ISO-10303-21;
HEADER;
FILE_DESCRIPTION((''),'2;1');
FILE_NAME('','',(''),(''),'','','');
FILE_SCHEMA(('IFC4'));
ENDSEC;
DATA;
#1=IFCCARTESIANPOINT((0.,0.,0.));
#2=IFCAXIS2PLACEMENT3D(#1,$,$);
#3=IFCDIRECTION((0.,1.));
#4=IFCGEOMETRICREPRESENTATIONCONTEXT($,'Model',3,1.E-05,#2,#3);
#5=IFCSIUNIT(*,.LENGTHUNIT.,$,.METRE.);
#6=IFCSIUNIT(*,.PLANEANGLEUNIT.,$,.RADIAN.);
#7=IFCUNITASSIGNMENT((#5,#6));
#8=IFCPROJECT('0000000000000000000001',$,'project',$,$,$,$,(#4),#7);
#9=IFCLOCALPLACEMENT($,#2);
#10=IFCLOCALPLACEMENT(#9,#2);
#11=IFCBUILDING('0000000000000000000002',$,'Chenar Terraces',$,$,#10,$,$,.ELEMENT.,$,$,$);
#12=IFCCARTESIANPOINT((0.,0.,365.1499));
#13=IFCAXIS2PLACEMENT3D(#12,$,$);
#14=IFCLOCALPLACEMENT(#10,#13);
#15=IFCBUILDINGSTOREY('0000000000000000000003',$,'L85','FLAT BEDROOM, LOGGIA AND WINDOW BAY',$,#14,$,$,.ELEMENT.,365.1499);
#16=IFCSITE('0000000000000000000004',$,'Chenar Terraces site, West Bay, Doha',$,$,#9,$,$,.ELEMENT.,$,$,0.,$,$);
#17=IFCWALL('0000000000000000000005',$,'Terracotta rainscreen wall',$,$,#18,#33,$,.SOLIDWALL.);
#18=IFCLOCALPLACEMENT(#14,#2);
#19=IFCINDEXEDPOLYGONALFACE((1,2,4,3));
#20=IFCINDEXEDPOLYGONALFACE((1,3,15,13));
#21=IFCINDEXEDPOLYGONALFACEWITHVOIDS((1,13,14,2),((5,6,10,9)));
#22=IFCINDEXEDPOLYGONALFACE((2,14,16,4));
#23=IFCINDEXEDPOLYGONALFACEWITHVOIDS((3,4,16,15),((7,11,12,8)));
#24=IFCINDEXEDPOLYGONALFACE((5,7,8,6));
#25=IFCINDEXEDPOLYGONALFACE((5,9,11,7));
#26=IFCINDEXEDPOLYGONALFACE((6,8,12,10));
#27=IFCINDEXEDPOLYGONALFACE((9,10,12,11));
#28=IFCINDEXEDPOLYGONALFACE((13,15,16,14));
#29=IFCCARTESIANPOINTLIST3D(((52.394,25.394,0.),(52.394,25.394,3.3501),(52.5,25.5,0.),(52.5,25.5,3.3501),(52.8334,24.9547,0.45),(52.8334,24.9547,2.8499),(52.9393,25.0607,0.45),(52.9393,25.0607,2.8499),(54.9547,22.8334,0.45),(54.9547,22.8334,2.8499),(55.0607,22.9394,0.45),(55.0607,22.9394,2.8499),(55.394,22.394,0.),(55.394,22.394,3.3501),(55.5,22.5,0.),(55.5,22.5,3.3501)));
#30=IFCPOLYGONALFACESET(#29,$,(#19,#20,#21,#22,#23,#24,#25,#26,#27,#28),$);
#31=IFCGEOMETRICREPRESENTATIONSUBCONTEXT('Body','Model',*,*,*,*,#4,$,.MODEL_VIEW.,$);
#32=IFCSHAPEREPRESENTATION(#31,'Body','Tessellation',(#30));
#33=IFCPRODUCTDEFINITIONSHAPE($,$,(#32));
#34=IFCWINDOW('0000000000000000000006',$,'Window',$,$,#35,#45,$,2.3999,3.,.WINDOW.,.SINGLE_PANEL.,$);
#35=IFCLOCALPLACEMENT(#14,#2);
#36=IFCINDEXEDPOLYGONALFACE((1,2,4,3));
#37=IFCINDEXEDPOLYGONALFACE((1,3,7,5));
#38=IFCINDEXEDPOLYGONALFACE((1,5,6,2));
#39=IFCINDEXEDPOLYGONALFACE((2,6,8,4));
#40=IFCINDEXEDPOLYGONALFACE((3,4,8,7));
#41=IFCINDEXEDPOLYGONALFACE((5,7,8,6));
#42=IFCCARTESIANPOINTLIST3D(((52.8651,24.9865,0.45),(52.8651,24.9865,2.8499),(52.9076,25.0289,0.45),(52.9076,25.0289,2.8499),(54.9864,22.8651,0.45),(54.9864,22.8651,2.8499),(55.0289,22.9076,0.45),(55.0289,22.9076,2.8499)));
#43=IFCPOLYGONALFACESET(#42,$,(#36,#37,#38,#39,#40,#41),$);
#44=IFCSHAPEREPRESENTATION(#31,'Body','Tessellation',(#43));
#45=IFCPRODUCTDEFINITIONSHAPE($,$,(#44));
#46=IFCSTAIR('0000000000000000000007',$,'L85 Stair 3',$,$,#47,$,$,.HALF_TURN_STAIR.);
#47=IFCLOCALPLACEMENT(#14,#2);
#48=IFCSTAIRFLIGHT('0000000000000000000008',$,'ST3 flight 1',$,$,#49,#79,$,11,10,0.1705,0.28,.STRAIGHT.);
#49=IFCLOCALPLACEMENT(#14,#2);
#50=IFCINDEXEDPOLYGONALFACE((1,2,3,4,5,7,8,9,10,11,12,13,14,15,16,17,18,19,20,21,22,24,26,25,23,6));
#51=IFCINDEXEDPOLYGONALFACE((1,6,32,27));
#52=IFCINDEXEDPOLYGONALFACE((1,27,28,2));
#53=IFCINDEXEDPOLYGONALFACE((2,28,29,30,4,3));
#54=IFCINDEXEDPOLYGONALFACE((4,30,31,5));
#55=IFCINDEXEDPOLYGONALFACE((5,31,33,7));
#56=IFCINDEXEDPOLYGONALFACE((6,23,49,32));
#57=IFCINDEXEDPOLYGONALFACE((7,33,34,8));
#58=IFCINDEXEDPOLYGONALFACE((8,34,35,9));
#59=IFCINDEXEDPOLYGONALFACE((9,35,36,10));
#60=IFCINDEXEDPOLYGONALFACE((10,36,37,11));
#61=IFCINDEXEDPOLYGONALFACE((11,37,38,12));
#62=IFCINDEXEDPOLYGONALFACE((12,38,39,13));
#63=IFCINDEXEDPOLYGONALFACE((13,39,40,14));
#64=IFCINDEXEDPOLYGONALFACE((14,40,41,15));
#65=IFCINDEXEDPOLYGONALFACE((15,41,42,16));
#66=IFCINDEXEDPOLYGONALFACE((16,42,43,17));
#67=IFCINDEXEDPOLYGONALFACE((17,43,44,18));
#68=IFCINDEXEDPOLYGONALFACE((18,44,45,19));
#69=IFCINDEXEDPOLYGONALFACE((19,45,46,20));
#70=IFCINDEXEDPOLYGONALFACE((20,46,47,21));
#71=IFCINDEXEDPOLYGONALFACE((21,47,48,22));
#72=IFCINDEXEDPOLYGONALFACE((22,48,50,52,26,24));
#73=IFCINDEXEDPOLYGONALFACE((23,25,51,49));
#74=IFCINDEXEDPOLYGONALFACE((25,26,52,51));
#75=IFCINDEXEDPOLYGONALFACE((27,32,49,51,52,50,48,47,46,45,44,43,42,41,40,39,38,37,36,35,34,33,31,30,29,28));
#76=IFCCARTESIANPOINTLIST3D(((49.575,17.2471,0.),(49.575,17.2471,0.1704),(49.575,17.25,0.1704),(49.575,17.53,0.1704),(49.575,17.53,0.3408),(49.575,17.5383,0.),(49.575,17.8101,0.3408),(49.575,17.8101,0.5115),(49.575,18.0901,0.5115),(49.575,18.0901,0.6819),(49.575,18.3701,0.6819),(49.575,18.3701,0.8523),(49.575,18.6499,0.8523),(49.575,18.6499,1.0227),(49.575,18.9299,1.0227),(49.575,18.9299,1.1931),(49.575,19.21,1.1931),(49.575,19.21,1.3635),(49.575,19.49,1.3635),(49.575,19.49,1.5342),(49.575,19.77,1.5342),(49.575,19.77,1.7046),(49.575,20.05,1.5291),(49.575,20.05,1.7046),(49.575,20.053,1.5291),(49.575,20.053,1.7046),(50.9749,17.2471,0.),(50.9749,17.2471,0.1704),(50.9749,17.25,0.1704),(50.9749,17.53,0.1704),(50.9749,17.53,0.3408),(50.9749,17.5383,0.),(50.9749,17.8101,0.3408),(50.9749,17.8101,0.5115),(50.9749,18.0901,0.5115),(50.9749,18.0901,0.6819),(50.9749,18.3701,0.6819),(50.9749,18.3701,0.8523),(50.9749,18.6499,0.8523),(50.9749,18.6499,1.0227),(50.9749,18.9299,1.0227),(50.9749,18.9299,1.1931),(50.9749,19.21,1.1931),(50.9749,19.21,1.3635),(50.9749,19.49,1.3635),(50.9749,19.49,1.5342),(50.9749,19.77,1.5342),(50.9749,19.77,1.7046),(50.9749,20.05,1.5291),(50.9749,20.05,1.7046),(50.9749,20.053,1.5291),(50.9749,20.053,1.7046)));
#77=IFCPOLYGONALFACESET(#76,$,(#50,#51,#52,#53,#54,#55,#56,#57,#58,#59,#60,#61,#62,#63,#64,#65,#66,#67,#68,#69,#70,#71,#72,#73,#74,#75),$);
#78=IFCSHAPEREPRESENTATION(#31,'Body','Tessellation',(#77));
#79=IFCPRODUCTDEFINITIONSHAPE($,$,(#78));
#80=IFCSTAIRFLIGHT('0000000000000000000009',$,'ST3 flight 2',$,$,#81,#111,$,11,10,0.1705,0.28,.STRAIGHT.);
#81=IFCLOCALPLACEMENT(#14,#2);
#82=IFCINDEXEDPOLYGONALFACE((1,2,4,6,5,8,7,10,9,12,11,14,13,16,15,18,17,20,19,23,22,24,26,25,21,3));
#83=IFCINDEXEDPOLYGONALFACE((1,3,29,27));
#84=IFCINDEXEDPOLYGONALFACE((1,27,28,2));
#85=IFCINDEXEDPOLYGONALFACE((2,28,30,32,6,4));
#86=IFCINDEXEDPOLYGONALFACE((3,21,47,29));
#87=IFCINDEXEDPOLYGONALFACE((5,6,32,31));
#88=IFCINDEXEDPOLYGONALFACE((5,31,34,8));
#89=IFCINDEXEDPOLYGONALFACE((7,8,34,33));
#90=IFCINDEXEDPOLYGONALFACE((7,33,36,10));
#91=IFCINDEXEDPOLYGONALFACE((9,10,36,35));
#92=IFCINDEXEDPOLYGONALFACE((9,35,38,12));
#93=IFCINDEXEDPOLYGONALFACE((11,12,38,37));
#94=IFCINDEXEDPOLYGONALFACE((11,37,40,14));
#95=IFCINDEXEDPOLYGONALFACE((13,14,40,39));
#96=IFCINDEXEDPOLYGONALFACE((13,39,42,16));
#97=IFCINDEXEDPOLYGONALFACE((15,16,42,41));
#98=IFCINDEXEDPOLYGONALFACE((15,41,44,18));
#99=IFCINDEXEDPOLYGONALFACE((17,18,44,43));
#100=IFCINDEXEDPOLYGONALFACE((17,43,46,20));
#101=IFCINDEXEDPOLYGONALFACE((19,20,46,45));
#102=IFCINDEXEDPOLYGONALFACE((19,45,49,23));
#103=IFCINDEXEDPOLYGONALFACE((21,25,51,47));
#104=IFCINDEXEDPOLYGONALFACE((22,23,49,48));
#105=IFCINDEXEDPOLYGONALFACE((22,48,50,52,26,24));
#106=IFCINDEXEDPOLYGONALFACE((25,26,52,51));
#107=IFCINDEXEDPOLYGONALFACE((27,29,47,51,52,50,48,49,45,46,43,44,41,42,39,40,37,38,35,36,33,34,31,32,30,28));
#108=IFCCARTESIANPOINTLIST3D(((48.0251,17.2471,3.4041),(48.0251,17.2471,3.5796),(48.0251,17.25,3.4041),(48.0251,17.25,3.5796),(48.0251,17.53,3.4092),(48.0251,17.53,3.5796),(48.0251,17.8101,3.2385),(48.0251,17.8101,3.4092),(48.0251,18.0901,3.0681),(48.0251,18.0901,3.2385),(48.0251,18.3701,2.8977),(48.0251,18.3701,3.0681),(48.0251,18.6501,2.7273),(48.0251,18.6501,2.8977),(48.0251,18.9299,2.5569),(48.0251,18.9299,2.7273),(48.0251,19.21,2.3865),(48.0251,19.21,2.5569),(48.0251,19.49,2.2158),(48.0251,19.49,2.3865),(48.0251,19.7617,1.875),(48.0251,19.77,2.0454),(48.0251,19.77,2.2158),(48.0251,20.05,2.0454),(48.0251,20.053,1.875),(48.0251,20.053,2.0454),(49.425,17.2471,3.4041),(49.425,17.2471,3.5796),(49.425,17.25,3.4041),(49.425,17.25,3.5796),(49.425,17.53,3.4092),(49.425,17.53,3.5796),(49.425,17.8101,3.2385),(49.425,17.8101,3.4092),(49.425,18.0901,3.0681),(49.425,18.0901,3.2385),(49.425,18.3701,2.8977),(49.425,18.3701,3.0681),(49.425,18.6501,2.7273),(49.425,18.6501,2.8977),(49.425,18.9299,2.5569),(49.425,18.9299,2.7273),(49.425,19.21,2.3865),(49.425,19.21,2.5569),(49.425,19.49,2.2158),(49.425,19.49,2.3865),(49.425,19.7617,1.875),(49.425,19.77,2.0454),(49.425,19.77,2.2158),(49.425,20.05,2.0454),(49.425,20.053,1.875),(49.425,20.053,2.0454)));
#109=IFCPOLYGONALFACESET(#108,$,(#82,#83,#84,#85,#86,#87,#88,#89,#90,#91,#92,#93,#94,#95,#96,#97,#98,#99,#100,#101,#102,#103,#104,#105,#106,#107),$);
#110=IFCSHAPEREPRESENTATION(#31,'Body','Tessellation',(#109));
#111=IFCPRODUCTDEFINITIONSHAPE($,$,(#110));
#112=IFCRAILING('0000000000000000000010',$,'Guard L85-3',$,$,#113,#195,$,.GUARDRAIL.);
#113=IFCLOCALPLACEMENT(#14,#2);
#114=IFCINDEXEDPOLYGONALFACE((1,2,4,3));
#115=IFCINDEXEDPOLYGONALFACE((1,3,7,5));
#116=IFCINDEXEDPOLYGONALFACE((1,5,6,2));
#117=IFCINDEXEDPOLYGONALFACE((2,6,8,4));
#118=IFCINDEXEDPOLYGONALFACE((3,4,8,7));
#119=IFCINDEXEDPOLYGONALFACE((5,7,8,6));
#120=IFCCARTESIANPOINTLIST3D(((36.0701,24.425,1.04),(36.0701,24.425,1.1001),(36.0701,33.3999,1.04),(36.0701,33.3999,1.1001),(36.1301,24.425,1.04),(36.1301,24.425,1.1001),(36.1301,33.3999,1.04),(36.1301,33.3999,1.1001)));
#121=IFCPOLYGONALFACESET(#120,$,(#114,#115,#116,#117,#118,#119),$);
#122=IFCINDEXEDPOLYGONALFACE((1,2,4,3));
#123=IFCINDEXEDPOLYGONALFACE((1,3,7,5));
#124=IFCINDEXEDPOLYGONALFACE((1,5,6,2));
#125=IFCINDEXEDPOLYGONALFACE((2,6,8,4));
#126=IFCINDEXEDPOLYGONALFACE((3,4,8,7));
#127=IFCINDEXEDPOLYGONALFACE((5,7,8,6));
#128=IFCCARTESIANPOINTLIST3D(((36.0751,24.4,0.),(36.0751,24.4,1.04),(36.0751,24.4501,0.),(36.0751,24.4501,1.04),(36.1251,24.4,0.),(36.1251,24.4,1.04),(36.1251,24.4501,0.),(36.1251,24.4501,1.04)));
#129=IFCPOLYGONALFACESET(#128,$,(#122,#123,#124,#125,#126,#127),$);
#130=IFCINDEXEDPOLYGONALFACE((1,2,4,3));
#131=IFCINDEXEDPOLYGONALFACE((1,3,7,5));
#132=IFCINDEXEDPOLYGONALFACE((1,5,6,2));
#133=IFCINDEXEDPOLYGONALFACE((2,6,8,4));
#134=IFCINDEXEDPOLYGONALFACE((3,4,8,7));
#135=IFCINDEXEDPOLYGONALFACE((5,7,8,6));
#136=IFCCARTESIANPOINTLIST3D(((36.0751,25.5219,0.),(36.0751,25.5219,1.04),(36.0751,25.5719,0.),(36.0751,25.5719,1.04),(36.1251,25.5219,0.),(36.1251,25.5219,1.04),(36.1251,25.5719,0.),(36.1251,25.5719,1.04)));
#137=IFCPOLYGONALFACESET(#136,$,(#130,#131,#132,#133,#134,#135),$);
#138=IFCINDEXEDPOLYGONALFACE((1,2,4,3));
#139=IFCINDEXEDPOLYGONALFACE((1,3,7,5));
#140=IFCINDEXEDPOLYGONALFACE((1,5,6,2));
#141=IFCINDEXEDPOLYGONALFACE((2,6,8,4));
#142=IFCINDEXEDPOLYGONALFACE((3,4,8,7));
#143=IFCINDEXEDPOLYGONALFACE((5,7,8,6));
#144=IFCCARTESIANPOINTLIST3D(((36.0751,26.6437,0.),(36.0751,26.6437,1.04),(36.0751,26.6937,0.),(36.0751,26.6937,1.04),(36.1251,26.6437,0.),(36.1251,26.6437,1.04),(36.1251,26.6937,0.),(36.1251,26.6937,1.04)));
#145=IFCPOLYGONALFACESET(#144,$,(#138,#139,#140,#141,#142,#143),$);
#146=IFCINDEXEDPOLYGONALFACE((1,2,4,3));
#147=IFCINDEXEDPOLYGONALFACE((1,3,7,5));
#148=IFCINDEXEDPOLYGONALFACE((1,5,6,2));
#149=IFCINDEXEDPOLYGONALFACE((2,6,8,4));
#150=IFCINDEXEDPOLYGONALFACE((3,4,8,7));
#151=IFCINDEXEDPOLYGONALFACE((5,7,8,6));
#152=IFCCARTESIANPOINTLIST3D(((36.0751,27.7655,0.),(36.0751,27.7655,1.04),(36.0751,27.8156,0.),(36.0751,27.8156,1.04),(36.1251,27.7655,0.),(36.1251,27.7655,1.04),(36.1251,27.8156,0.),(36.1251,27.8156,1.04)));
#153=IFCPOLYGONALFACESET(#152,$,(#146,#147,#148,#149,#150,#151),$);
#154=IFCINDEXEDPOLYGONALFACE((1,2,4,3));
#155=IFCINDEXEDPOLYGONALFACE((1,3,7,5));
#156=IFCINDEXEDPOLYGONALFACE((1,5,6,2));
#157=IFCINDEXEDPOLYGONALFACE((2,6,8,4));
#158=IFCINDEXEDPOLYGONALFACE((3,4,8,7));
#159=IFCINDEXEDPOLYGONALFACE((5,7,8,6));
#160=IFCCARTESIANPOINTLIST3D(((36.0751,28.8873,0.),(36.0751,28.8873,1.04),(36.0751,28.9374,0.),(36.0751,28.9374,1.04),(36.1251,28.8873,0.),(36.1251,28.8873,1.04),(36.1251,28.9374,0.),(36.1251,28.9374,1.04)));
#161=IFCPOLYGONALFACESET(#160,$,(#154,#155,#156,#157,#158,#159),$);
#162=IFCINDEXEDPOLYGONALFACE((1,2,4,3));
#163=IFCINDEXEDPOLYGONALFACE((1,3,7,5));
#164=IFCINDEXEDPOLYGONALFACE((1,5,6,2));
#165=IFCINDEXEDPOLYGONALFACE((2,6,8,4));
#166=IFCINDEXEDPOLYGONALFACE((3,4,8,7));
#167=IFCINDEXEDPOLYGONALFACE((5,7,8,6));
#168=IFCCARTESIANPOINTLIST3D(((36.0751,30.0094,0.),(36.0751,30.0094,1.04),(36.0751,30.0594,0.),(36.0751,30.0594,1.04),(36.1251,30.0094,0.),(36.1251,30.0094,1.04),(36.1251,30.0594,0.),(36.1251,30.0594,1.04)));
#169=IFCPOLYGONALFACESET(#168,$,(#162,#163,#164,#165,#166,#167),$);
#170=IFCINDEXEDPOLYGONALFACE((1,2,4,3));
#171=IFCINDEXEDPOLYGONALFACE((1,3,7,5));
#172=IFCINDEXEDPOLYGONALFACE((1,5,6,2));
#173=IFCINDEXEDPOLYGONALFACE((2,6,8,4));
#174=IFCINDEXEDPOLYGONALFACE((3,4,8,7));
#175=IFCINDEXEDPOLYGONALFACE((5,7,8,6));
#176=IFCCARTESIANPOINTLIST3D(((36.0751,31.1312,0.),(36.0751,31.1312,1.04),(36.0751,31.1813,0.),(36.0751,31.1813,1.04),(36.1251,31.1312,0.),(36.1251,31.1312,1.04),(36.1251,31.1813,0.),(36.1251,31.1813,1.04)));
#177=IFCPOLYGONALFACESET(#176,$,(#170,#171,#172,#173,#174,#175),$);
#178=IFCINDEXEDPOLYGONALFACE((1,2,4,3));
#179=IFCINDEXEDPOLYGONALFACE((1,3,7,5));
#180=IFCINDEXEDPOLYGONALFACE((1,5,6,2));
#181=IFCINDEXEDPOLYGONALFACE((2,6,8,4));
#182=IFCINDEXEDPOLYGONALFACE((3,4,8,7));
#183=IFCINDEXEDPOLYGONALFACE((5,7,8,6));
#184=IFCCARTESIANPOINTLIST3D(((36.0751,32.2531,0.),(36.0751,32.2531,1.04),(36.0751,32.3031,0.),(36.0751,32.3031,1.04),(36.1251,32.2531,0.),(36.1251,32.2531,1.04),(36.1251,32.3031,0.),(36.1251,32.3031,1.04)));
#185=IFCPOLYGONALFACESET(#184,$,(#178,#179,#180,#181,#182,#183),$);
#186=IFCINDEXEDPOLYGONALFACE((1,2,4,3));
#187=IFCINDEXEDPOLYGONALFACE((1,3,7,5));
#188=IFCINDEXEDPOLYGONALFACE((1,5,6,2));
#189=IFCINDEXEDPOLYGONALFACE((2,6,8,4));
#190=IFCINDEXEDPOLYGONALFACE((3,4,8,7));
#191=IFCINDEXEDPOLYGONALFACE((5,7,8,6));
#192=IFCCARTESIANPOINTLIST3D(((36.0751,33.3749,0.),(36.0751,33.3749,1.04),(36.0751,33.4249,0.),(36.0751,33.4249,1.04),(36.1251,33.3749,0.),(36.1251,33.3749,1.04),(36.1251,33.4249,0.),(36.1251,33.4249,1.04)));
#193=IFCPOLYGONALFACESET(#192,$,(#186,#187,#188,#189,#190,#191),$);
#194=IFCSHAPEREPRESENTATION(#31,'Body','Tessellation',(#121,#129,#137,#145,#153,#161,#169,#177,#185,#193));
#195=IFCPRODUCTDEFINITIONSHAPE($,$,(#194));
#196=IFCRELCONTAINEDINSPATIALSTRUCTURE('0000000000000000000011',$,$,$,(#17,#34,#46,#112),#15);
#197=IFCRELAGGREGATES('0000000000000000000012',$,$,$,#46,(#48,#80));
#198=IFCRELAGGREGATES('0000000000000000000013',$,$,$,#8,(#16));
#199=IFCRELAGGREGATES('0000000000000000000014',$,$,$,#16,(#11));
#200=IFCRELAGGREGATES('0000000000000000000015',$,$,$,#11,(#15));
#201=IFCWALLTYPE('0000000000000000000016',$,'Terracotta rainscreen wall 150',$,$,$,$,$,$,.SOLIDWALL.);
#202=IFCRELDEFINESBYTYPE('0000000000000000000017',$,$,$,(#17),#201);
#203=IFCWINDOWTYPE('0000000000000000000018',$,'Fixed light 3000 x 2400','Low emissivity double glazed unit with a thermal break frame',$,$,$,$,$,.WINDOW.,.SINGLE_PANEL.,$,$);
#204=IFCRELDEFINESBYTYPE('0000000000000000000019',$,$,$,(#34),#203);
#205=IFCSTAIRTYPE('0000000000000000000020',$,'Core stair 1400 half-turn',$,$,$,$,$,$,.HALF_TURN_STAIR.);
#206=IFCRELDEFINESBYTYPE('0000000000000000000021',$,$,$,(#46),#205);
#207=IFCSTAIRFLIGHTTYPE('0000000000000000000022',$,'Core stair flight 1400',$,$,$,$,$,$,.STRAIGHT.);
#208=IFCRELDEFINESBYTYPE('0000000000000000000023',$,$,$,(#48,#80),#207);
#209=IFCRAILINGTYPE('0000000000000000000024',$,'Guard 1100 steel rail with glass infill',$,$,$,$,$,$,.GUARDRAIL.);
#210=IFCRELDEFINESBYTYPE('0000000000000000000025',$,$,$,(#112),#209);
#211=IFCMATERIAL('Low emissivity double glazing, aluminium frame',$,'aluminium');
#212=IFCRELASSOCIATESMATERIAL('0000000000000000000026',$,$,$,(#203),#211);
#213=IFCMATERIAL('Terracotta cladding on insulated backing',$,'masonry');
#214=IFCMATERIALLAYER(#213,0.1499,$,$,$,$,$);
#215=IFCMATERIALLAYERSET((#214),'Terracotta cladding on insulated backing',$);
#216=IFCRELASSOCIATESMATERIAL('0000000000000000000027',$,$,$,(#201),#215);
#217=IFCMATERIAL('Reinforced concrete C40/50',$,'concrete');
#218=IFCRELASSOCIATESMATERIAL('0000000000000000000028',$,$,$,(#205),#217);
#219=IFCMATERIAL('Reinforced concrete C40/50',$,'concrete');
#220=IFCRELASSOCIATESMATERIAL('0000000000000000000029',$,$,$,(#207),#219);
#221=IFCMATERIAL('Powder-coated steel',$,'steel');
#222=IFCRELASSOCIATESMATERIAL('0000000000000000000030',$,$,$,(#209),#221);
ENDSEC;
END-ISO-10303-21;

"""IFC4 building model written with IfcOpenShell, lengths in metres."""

from ifc_helpers import new_model, si_unit, direction, frame, frame_2d, origin, origin_2d, place, context, subcontext, project, spatial, polyline, rectangle, outline, extrude, material, layer, layer_set, type_object, element, fill, aggregate, save


model = new_model("IFC4")

# Units and contexts
model_context = context("Model", 3, precision=1e-05, world=origin(), true_north=direction((0.0, 1.0)))
body_context = subcontext(model_context, "Body", "Model", "MODEL_VIEW")
ifc_project = project(units=[si_unit("LENGTHUNIT", "METRE"), si_unit("PLANEANGLEUNIT", "RADIAN")], contexts=[model_context])

# Site, building, storey
site_placement = place(None, origin())
site = spatial("IfcSite", under=ifc_project, at=site_placement, Name="Chenar Terraces site, West Bay, Doha", CompositionType="ELEMENT", RefElevation=0.0)
building_placement = place(site_placement, origin())
building = spatial("IfcBuilding", under=site, at=building_placement, Name="Chenar Terraces", CompositionType="ELEMENT")
storey_placement = place(building_placement, frame((0.0, 0.0, 365.1499)))
storey = spatial("IfcBuildingStorey", under=building, at=storey_placement, Name="L85", Description="FLAT BEDROOM, LOGGIA AND WINDOW BAY", CompositionType="ELEMENT", Elevation=365.1499)

# Shared definitions
placement = place(storey_placement, origin())

# Shared definitions
ifc_material_1 = material(Name="Low emissivity double glazing, aluminium frame", Category="aluminium")
window_type_1 = type_object("IfcWindowType", Name="Fixed light 3000 x 2400", Description="Low emissivity double glazed unit with a thermal break frame", PartitioningType="SINGLE_PANEL", PredefinedType="WINDOW", material=ifc_material_1)

# Wall, opening, window
ifc_material_2 = material(Name="Terracotta cladding on insulated backing", Category="masonry")
ifc_layer_1 = layer(ifc_material_2, 0.1499)
ifc_layer_set_1 = layer_set([ifc_layer_1], Name="Terracotta cladding on insulated backing")
wall_type_1 = type_object("IfcWallType", Name="Terracotta rainscreen wall 150", PredefinedType="SOLIDWALL", material=ifc_layer_set_1)
wall_1_placement = place(storey_placement, frame((55.447, 22.447, 0.0), z_axis=(0.0, 0.0, 1.0), x_axis=(-0.707107, 0.707107, 0.0)))
wall_1 = element("IfcWall", 1, at=wall_1_placement, inside=storey, type_object=wall_type_1, Name="Terracotta rainscreen wall", PredefinedType="SOLIDWALL", context=body_context, shape_type="SweptSolid", body=[
    extrude(rectangle(XDim=4.2427, YDim=0.1499, at=frame_2d((2.1213, 0.0))), origin(), (0.0, 0.0, 1.0), 3.3501),
])
opening_1_placement = place(wall_1_placement, frame((0.6213, 0.0, 0.45)))
opening_1 = element("IfcOpeningElement", 2, at=opening_1_placement, cuts=wall_1, PredefinedType="OPENING", context=body_context, shape_type="SweptSolid", body=[
    extrude(rectangle(XDim=3.0, YDim=2.3999, at=frame_2d((1.5, 1.2))), frame((0.0, 0.085, 0.0), z_axis=(0.0, -1.0, 0.0), x_axis=(1.0, 0.0, 0.0)), (0.0, 0.0, 1.0), 0.1699),
])
window_1_placement = place(opening_1_placement, origin())
window_1 = element("IfcWindow", 3, at=window_1_placement, inside=storey, type_object=window_type_1, Name="Window", OverallHeight=2.3999, OverallWidth=3.0, PartitioningType="SINGLE_PANEL", PredefinedType="WINDOW", context=body_context, shape_type="SweptSolid", body=[
    extrude(rectangle(XDim=3.0, YDim=2.3999, at=frame_2d((1.5, 1.2))), frame((0.0, 0.03, 0.0), z_axis=(0.0, -1.0, 0.0), x_axis=(1.0, 0.0, 0.0)), (0.0, 0.0, 1.0), 0.0601),
])
fill(opening_1, window_1)

# Stair, stair flights
ifc_material_3 = material(Name="Reinforced concrete C40/50", Category="concrete")
stair_type = type_object("IfcStairType", Name="Core stair 1400 half-turn", PredefinedType="HALF_TURN_STAIR", material=ifc_material_3)
stair = element("IfcStair", 4, at=placement, inside=storey, type_object=stair_type, Name="L85 Stair 3", PredefinedType="HALF_TURN_STAIR")
ifc_material_4 = material(Name="Reinforced concrete C40/50", Category="concrete")
stair_flight_type = type_object("IfcStairFlightType", Name="Core stair flight 1400", PredefinedType="STRAIGHT", material=ifc_material_4)
stair_flight_1_placement = place(storey_placement, frame((50.2749, 17.25, 0.0), z_axis=(0.0, 0.0, 1.0), x_axis=(0.0, 1.0, 0.0)))
stair_flight_1 = element("IfcStairFlight", 5, at=stair_flight_1_placement, type_object=stair_flight_type, Name="ST3 flight 1", NumberOfRisers=11, NumberOfTreads=10, PredefinedType="STRAIGHT", RiserHeight=0.1705, TreadLength=0.28, context=body_context, shape_type="SweptSolid", body=[
    extrude(outline(polyline([(-0.0029, 0.0), (-0.0029, 0.1704), (0.0, 0.1704), (0.28, 0.1704), (0.28, 0.3408), (0.5601, 0.3408), (0.5601, 0.5115), (0.8401, 0.5115), (0.8401, 0.6819), (1.1201, 0.6819), (1.1201, 0.8523), (1.3999, 0.8523), (1.3999, 1.0227), (1.6799, 1.0227), (1.6799, 1.1931), (1.96, 1.1931), (1.96, 1.3635), (2.24, 1.3635), (2.24, 1.5342), (2.52, 1.5342), (2.52, 1.7046), (2.8, 1.7046), (2.803, 1.7046), (2.803, 1.5291), (2.8, 1.5291), (0.2883, 0.0), (-0.0029, 0.0)])), frame((0.0, 0.7, 0.0), z_axis=(0.0, -1.0, 0.0), x_axis=(1.0, 0.0, 0.0)), (0.0, 0.0, 1.0), 1.3999),
])
stair_flight_2_placement = place(storey_placement, frame((48.7251, 20.05, 1.875), z_axis=(0.0, 0.0, 1.0), x_axis=(0.0, -1.0, 0.0)))
stair_flight_2 = element("IfcStairFlight", 6, at=stair_flight_2_placement, type_object=stair_flight_type, Name="ST3 flight 2", NumberOfRisers=11, NumberOfTreads=10, PredefinedType="STRAIGHT", RiserHeight=0.1705, TreadLength=0.28, context=body_context, shape_type="SweptSolid", body=[
    extrude(outline(polyline([(-0.0029, 0.0), (-0.0029, 0.1704), (0.0, 0.1704), (0.28, 0.1704), (0.28, 0.3408), (0.5601, 0.3408), (0.5601, 0.5115), (0.8401, 0.5115), (0.8401, 0.6819), (1.1201, 0.6819), (1.1201, 0.8523), (1.3999, 0.8523), (1.3999, 1.0227), (1.6799, 1.0227), (1.6799, 1.1931), (1.96, 1.1931), (1.96, 1.3635), (2.24, 1.3635), (2.24, 1.5342), (2.52, 1.5342), (2.52, 1.7046), (2.8, 1.7046), (2.803, 1.7046), (2.803, 1.5291), (2.8, 1.5291), (0.2883, 0.0), (-0.0029, 0.0)])), frame((0.0, 0.7, 0.0), z_axis=(0.0, -1.0, 0.0), x_axis=(1.0, 0.0, 0.0)), (0.0, 0.0, 1.0), 1.3999),
])
aggregate(stair, [stair_flight_1, stair_flight_2])

# Railing
ifc_material_5 = material(Name="Powder-coated steel", Category="steel")
railing_type_1 = type_object("IfcRailingType", Name="Guard 1100 steel rail with glass infill", PredefinedType="GUARDRAIL", material=ifc_material_5)
railing_1_placement = place(storey_placement, frame((36.1001, 24.425, 0.0)))
element("IfcRailing", 7, at=railing_1_placement, inside=storey, type_object=railing_type_1, Name="Guard L85-3", PredefinedType="GUARDRAIL", context=body_context, shape_type="SweptSolid", body=[
    extrude(rectangle(XDim=0.0601, YDim=0.0601, at=origin_2d()), frame((0.0, 0.0, 1.0701), z_axis=(0.0, 1.0, 0.0), x_axis=(-1.0, 0.0, 0.0)), (0.0, 0.0, 1.0), 8.9749),
    extrude(rectangle(XDim=0.05, YDim=0.05, at=origin_2d()), origin(), (0.0, 0.0, 1.0), 1.04),
    extrude(rectangle(XDim=0.05, YDim=0.05, at=origin_2d()), frame((0.0, 1.1218, 0.0)), (0.0, 0.0, 1.0), 1.04),
    extrude(rectangle(XDim=0.05, YDim=0.05, at=origin_2d()), frame((0.0, 2.2437, 0.0)), (0.0, 0.0, 1.0), 1.04),
    extrude(rectangle(XDim=0.05, YDim=0.05, at=origin_2d()), frame((0.0, 3.3655, 0.0)), (0.0, 0.0, 1.0), 1.04),
    extrude(rectangle(XDim=0.05, YDim=0.05, at=origin_2d()), frame((0.0, 4.4873, 0.0)), (0.0, 0.0, 1.0), 1.04),
    extrude(rectangle(XDim=0.05, YDim=0.05, at=origin_2d()), frame((0.0, 5.6094, 0.0)), (0.0, 0.0, 1.0), 1.04),
    extrude(rectangle(XDim=0.05, YDim=0.05, at=origin_2d()), frame((0.0, 6.7312, 0.0)), (0.0, 0.0, 1.0), 1.04),
    extrude(rectangle(XDim=0.05, YDim=0.05, at=origin_2d()), frame((0.0, 7.853, 0.0)), (0.0, 0.0, 1.0), 1.04),
    extrude(rectangle(XDim=0.05, YDim=0.05, at=origin_2d()), frame((0.0, 8.9749, 0.0)), (0.0, 0.0, 1.0), 1.04),
])

save(model, "model.ifc")
